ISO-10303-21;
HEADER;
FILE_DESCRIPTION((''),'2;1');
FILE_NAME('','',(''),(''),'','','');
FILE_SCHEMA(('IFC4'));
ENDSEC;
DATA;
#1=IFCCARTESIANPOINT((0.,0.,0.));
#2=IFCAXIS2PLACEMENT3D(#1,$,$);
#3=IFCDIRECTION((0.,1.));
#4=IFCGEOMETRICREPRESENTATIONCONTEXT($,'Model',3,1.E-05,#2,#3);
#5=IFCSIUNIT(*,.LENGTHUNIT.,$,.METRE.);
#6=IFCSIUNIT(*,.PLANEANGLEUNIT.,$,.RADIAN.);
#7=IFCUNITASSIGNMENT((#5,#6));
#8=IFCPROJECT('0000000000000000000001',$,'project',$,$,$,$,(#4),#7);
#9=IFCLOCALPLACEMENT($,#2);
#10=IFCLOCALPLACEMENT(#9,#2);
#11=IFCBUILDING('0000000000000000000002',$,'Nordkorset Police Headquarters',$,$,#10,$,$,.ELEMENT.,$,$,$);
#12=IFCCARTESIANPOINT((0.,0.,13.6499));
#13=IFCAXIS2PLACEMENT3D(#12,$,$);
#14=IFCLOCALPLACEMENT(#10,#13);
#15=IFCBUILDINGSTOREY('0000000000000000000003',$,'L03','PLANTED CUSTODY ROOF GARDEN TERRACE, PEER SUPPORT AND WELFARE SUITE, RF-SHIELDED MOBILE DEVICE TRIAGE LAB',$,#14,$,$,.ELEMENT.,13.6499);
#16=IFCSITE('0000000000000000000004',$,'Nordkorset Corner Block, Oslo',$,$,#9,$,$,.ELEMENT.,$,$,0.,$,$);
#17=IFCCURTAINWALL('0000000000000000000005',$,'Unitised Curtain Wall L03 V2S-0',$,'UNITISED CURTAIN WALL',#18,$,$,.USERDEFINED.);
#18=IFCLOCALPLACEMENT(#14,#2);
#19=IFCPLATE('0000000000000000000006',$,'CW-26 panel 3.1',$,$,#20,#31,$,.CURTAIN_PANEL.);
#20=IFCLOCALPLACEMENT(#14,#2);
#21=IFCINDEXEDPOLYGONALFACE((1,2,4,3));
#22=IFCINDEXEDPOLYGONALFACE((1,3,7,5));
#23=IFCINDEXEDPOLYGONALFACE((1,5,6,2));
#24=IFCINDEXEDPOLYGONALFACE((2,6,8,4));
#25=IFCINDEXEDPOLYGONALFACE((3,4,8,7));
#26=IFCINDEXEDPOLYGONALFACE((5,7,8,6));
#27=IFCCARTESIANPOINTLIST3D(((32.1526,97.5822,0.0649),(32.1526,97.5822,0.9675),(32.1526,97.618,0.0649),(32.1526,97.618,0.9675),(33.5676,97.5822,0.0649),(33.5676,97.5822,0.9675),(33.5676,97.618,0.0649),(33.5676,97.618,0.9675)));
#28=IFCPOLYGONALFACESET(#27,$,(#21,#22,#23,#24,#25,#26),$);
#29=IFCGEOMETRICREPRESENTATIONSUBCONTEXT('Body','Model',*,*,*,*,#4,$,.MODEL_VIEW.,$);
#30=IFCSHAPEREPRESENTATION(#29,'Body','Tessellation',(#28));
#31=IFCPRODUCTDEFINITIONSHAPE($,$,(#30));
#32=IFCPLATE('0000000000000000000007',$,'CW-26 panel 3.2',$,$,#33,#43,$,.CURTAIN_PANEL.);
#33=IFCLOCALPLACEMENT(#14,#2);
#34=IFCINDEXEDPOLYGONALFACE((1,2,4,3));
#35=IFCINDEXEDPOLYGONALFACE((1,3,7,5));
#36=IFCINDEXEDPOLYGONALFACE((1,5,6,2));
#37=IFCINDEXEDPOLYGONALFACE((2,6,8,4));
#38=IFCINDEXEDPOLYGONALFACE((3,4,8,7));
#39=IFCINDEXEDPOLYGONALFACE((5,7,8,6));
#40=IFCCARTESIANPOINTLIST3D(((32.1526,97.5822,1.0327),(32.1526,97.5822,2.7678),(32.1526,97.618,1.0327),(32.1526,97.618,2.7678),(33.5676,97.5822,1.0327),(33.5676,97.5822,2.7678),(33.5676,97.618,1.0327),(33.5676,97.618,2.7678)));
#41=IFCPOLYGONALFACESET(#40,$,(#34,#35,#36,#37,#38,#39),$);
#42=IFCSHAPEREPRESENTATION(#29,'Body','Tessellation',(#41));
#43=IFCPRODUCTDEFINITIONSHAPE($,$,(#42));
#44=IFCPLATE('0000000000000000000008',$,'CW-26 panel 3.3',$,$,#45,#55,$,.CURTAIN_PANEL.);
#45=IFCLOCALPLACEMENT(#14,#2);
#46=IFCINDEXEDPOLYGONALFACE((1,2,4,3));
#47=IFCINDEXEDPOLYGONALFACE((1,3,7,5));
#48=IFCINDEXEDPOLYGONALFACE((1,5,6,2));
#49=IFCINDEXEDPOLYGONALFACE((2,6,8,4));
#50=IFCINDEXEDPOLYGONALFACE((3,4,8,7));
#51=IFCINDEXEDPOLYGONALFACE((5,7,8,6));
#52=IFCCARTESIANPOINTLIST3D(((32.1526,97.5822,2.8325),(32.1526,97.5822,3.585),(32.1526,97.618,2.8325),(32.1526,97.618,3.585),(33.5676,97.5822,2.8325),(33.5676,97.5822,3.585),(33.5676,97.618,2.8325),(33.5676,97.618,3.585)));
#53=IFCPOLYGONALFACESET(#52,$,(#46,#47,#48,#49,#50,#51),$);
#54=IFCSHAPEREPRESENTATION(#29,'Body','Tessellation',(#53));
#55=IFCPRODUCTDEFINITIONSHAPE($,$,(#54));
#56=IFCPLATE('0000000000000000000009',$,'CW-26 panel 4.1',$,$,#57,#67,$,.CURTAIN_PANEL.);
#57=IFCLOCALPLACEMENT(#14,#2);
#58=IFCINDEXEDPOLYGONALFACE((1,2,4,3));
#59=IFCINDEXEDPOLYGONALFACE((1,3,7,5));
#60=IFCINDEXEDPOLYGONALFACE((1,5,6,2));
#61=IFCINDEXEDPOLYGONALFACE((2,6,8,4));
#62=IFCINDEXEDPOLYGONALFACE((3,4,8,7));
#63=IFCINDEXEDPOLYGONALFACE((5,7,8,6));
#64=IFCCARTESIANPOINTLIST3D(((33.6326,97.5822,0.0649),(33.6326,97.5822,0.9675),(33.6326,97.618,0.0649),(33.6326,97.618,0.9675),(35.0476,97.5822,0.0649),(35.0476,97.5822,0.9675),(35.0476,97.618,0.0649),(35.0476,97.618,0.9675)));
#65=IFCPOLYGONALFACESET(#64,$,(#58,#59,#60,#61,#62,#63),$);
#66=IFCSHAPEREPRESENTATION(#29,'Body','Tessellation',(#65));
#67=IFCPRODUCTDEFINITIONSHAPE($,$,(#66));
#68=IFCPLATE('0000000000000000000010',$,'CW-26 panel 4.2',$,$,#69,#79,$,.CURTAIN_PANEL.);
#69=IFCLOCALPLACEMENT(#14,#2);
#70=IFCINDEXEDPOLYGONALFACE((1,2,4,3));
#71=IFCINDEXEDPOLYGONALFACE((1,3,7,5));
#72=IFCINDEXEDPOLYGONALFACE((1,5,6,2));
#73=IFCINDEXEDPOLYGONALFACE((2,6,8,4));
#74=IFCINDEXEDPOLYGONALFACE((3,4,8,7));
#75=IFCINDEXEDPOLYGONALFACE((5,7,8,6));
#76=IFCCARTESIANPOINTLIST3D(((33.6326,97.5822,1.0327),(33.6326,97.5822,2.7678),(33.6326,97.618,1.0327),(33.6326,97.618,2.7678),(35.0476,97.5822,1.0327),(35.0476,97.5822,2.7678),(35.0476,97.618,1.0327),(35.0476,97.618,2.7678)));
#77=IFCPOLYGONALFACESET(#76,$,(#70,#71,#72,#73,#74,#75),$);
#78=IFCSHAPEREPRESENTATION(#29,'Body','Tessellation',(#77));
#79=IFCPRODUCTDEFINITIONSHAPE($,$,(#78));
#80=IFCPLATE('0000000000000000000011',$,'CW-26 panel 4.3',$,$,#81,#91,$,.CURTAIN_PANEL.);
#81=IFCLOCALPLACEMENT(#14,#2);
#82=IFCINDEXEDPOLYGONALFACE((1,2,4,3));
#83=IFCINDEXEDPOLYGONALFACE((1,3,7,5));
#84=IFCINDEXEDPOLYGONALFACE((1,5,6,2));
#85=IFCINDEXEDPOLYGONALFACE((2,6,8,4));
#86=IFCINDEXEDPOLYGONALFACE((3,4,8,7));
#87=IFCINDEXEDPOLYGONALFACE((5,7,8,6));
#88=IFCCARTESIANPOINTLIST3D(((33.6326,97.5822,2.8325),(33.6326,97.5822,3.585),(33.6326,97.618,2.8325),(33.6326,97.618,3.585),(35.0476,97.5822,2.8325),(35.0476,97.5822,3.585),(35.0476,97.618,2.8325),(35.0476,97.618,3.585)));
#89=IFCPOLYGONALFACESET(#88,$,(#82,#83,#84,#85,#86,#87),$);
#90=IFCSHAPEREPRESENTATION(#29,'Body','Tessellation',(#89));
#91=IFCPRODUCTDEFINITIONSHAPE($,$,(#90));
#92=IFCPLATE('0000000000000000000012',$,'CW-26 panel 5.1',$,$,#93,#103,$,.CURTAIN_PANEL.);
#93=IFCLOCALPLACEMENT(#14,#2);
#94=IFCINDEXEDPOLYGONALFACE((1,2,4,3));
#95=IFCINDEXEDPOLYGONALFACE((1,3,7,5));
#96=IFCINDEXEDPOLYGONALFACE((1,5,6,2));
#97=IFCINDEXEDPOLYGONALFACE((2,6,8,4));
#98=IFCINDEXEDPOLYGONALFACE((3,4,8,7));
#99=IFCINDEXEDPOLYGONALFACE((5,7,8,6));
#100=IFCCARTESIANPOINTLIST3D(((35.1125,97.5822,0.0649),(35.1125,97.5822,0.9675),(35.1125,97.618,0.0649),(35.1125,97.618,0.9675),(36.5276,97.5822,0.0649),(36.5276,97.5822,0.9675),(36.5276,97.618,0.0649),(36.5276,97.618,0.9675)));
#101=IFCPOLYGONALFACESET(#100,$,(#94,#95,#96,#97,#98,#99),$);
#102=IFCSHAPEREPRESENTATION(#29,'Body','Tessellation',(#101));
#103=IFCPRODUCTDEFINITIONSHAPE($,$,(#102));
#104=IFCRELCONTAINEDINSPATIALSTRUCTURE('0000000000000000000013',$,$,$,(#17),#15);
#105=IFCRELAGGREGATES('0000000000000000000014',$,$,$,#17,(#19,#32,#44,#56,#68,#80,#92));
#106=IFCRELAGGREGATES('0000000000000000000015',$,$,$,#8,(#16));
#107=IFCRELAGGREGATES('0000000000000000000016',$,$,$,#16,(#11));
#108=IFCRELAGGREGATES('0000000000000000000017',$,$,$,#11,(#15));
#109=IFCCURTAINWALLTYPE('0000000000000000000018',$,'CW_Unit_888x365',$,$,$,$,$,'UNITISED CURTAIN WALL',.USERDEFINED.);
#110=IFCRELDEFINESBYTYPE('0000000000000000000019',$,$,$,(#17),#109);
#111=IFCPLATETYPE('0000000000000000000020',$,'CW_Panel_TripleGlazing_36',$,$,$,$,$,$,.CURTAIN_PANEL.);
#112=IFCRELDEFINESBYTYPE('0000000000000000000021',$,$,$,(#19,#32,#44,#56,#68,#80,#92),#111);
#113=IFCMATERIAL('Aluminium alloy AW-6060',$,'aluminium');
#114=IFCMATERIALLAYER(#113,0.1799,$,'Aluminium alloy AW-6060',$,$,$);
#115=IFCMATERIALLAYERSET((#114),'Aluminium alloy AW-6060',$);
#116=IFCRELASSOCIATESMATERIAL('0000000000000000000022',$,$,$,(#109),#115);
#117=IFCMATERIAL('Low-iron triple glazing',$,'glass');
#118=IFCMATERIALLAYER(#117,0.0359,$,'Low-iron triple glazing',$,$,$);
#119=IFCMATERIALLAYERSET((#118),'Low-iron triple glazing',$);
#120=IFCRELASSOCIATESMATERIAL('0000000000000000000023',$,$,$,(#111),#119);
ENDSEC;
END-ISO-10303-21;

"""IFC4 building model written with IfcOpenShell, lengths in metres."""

from ifc_helpers import new_model, si_unit, direction, frame, origin, origin_2d, place, context, subcontext, project, spatial, rectangle, extrude, material, layer, layer_set, type_object, element, aggregate, save


model = new_model("IFC4")

# Units and contexts
model_context = context("Model", 3, precision=1e-05, world=origin(), true_north=direction((0.0, 1.0)))
body_context = subcontext(model_context, "Body", "Model", "MODEL_VIEW")
ifc_project = project(units=[si_unit("LENGTHUNIT", "METRE"), si_unit("PLANEANGLEUNIT", "RADIAN")], contexts=[model_context])

# Site, building, storey
site_placement = place(None, origin())
site = spatial("IfcSite", under=ifc_project, at=site_placement, Name="Nordkorset Corner Block, Oslo", CompositionType="ELEMENT", RefElevation=0.0)
building_placement = place(site_placement, origin())
building = spatial("IfcBuilding", under=site, at=building_placement, Name="Nordkorset Police Headquarters", CompositionType="ELEMENT")
storey_placement = place(building_placement, frame((0.0, 0.0, 13.6499)))
storey = spatial("IfcBuildingStorey", under=building, at=storey_placement, Name="L03", Description="PLANTED CUSTODY ROOF GARDEN TERRACE, PEER SUPPORT AND WELFARE SUITE, RF-SHIELDED MOBILE DEVICE TRIAGE LAB", CompositionType="ELEMENT", Elevation=13.6499)

# Curtain wall, plates
ifc_material_1 = material(Name="Aluminium alloy AW-6060", Category="aluminium")
ifc_layer_1 = layer(ifc_material_1, 0.1799, Name="Aluminium alloy AW-6060")
ifc_layer_set_1 = layer_set([ifc_layer_1], Name="Aluminium alloy AW-6060")
curtain_wall_type = type_object("IfcCurtainWallType", Name="CW_Unit_888x365", ElementType="UNITISED CURTAIN WALL", PredefinedType="USERDEFINED", material=ifc_layer_set_1)
curtain_wall_placement = place(storey_placement, origin())
curtain_wall = element("IfcCurtainWall", 1, at=curtain_wall_placement, inside=storey, type_object=curtain_wall_type, Name="Unitised Curtain Wall L03 V2S-0", ObjectType="UNITISED CURTAIN WALL", PredefinedType="USERDEFINED")
ifc_material_2 = material(Name="Low-iron triple glazing", Category="glass")
ifc_layer_2 = layer(ifc_material_2, 0.0359, Name="Low-iron triple glazing")
ifc_layer_set_2 = layer_set([ifc_layer_2], Name="Low-iron triple glazing")
plate_type = type_object("IfcPlateType", Name="CW_Panel_TripleGlazing_36", PredefinedType="CURTAIN_PANEL", material=ifc_layer_set_2)
plate_1_placement = place(storey_placement, frame((32.8601, 97.6001, 0.0649), z_axis=(0.0, 0.0, 1.0), x_axis=(1.0, 0.0, 0.0)))
plate_1 = element("IfcPlate", 2, at=plate_1_placement, type_object=plate_type, Name="CW-26 panel 3.1", PredefinedType="CURTAIN_PANEL", context=body_context, shape_type="SweptSolid", body=[
    extrude(rectangle(XDim=1.415, YDim=0.0359, at=origin_2d()), origin(), (0.0, 0.0, 1.0), 0.9026),
])
plate_2_placement = place(storey_placement, frame((32.8601, 97.6001, 1.0327), z_axis=(0.0, 0.0, 1.0), x_axis=(1.0, 0.0, 0.0)))
plate_2 = element("IfcPlate", 3, at=plate_2_placement, type_object=plate_type, Name="CW-26 panel 3.2", PredefinedType="CURTAIN_PANEL", context=body_context, shape_type="SweptSolid", body=[
    extrude(rectangle(XDim=1.415, YDim=0.0359, at=origin_2d()), origin(), (0.0, 0.0, 1.0), 1.7351),
])
plate_3_placement = place(storey_placement, frame((32.8601, 97.6001, 2.8325), z_axis=(0.0, 0.0, 1.0), x_axis=(1.0, 0.0, 0.0)))
plate_3 = element("IfcPlate", 4, at=plate_3_placement, type_object=plate_type, Name="CW-26 panel 3.3", PredefinedType="CURTAIN_PANEL", context=body_context, shape_type="SweptSolid", body=[
    extrude(rectangle(XDim=1.415, YDim=0.0359, at=origin_2d()), origin(), (0.0, 0.0, 1.0), 0.7524),
])
plate_4_placement = place(storey_placement, frame((34.3401, 97.6001, 0.0649), z_axis=(0.0, 0.0, 1.0), x_axis=(1.0, 0.0, 0.0)))
plate_4 = element("IfcPlate", 5, at=plate_4_placement, type_object=plate_type, Name="CW-26 panel 4.1", PredefinedType="CURTAIN_PANEL", context=body_context, shape_type="SweptSolid", body=[
    extrude(rectangle(XDim=1.415, YDim=0.0359, at=origin_2d()), origin(), (0.0, 0.0, 1.0), 0.9026),
])
plate_5_placement = place(storey_placement, frame((34.3401, 97.6001, 1.0327), z_axis=(0.0, 0.0, 1.0), x_axis=(1.0, 0.0, 0.0)))
plate_5 = element("IfcPlate", 6, at=plate_5_placement, type_object=plate_type, Name="CW-26 panel 4.2", PredefinedType="CURTAIN_PANEL", context=body_context, shape_type="SweptSolid", body=[
    extrude(rectangle(XDim=1.415, YDim=0.0359, at=origin_2d()), origin(), (0.0, 0.0, 1.0), 1.7351),
])
plate_6_placement = place(storey_placement, frame((34.3401, 97.6001, 2.8325), z_axis=(0.0, 0.0, 1.0), x_axis=(1.0, 0.0, 0.0)))
plate_6 = element("IfcPlate", 7, at=plate_6_placement, type_object=plate_type, Name="CW-26 panel 4.3", PredefinedType="CURTAIN_PANEL", context=body_context, shape_type="SweptSolid", body=[
    extrude(rectangle(XDim=1.415, YDim=0.0359, at=origin_2d()), origin(), (0.0, 0.0, 1.0), 0.7524),
])
plate_7_placement = place(storey_placement, frame((35.8201, 97.6001, 0.0649), z_axis=(0.0, 0.0, 1.0), x_axis=(1.0, 0.0, 0.0)))
plate_7 = element("IfcPlate", 8, at=plate_7_placement, type_object=plate_type, Name="CW-26 panel 5.1", PredefinedType="CURTAIN_PANEL", context=body_context, shape_type="SweptSolid", body=[
    extrude(rectangle(XDim=1.415, YDim=0.0359, at=origin_2d()), origin(), (0.0, 0.0, 1.0), 0.9026),
])
aggregate(curtain_wall, [plate_1, plate_2, plate_3, plate_4, plate_5, plate_6, plate_7])

save(model, "model.ifc")
